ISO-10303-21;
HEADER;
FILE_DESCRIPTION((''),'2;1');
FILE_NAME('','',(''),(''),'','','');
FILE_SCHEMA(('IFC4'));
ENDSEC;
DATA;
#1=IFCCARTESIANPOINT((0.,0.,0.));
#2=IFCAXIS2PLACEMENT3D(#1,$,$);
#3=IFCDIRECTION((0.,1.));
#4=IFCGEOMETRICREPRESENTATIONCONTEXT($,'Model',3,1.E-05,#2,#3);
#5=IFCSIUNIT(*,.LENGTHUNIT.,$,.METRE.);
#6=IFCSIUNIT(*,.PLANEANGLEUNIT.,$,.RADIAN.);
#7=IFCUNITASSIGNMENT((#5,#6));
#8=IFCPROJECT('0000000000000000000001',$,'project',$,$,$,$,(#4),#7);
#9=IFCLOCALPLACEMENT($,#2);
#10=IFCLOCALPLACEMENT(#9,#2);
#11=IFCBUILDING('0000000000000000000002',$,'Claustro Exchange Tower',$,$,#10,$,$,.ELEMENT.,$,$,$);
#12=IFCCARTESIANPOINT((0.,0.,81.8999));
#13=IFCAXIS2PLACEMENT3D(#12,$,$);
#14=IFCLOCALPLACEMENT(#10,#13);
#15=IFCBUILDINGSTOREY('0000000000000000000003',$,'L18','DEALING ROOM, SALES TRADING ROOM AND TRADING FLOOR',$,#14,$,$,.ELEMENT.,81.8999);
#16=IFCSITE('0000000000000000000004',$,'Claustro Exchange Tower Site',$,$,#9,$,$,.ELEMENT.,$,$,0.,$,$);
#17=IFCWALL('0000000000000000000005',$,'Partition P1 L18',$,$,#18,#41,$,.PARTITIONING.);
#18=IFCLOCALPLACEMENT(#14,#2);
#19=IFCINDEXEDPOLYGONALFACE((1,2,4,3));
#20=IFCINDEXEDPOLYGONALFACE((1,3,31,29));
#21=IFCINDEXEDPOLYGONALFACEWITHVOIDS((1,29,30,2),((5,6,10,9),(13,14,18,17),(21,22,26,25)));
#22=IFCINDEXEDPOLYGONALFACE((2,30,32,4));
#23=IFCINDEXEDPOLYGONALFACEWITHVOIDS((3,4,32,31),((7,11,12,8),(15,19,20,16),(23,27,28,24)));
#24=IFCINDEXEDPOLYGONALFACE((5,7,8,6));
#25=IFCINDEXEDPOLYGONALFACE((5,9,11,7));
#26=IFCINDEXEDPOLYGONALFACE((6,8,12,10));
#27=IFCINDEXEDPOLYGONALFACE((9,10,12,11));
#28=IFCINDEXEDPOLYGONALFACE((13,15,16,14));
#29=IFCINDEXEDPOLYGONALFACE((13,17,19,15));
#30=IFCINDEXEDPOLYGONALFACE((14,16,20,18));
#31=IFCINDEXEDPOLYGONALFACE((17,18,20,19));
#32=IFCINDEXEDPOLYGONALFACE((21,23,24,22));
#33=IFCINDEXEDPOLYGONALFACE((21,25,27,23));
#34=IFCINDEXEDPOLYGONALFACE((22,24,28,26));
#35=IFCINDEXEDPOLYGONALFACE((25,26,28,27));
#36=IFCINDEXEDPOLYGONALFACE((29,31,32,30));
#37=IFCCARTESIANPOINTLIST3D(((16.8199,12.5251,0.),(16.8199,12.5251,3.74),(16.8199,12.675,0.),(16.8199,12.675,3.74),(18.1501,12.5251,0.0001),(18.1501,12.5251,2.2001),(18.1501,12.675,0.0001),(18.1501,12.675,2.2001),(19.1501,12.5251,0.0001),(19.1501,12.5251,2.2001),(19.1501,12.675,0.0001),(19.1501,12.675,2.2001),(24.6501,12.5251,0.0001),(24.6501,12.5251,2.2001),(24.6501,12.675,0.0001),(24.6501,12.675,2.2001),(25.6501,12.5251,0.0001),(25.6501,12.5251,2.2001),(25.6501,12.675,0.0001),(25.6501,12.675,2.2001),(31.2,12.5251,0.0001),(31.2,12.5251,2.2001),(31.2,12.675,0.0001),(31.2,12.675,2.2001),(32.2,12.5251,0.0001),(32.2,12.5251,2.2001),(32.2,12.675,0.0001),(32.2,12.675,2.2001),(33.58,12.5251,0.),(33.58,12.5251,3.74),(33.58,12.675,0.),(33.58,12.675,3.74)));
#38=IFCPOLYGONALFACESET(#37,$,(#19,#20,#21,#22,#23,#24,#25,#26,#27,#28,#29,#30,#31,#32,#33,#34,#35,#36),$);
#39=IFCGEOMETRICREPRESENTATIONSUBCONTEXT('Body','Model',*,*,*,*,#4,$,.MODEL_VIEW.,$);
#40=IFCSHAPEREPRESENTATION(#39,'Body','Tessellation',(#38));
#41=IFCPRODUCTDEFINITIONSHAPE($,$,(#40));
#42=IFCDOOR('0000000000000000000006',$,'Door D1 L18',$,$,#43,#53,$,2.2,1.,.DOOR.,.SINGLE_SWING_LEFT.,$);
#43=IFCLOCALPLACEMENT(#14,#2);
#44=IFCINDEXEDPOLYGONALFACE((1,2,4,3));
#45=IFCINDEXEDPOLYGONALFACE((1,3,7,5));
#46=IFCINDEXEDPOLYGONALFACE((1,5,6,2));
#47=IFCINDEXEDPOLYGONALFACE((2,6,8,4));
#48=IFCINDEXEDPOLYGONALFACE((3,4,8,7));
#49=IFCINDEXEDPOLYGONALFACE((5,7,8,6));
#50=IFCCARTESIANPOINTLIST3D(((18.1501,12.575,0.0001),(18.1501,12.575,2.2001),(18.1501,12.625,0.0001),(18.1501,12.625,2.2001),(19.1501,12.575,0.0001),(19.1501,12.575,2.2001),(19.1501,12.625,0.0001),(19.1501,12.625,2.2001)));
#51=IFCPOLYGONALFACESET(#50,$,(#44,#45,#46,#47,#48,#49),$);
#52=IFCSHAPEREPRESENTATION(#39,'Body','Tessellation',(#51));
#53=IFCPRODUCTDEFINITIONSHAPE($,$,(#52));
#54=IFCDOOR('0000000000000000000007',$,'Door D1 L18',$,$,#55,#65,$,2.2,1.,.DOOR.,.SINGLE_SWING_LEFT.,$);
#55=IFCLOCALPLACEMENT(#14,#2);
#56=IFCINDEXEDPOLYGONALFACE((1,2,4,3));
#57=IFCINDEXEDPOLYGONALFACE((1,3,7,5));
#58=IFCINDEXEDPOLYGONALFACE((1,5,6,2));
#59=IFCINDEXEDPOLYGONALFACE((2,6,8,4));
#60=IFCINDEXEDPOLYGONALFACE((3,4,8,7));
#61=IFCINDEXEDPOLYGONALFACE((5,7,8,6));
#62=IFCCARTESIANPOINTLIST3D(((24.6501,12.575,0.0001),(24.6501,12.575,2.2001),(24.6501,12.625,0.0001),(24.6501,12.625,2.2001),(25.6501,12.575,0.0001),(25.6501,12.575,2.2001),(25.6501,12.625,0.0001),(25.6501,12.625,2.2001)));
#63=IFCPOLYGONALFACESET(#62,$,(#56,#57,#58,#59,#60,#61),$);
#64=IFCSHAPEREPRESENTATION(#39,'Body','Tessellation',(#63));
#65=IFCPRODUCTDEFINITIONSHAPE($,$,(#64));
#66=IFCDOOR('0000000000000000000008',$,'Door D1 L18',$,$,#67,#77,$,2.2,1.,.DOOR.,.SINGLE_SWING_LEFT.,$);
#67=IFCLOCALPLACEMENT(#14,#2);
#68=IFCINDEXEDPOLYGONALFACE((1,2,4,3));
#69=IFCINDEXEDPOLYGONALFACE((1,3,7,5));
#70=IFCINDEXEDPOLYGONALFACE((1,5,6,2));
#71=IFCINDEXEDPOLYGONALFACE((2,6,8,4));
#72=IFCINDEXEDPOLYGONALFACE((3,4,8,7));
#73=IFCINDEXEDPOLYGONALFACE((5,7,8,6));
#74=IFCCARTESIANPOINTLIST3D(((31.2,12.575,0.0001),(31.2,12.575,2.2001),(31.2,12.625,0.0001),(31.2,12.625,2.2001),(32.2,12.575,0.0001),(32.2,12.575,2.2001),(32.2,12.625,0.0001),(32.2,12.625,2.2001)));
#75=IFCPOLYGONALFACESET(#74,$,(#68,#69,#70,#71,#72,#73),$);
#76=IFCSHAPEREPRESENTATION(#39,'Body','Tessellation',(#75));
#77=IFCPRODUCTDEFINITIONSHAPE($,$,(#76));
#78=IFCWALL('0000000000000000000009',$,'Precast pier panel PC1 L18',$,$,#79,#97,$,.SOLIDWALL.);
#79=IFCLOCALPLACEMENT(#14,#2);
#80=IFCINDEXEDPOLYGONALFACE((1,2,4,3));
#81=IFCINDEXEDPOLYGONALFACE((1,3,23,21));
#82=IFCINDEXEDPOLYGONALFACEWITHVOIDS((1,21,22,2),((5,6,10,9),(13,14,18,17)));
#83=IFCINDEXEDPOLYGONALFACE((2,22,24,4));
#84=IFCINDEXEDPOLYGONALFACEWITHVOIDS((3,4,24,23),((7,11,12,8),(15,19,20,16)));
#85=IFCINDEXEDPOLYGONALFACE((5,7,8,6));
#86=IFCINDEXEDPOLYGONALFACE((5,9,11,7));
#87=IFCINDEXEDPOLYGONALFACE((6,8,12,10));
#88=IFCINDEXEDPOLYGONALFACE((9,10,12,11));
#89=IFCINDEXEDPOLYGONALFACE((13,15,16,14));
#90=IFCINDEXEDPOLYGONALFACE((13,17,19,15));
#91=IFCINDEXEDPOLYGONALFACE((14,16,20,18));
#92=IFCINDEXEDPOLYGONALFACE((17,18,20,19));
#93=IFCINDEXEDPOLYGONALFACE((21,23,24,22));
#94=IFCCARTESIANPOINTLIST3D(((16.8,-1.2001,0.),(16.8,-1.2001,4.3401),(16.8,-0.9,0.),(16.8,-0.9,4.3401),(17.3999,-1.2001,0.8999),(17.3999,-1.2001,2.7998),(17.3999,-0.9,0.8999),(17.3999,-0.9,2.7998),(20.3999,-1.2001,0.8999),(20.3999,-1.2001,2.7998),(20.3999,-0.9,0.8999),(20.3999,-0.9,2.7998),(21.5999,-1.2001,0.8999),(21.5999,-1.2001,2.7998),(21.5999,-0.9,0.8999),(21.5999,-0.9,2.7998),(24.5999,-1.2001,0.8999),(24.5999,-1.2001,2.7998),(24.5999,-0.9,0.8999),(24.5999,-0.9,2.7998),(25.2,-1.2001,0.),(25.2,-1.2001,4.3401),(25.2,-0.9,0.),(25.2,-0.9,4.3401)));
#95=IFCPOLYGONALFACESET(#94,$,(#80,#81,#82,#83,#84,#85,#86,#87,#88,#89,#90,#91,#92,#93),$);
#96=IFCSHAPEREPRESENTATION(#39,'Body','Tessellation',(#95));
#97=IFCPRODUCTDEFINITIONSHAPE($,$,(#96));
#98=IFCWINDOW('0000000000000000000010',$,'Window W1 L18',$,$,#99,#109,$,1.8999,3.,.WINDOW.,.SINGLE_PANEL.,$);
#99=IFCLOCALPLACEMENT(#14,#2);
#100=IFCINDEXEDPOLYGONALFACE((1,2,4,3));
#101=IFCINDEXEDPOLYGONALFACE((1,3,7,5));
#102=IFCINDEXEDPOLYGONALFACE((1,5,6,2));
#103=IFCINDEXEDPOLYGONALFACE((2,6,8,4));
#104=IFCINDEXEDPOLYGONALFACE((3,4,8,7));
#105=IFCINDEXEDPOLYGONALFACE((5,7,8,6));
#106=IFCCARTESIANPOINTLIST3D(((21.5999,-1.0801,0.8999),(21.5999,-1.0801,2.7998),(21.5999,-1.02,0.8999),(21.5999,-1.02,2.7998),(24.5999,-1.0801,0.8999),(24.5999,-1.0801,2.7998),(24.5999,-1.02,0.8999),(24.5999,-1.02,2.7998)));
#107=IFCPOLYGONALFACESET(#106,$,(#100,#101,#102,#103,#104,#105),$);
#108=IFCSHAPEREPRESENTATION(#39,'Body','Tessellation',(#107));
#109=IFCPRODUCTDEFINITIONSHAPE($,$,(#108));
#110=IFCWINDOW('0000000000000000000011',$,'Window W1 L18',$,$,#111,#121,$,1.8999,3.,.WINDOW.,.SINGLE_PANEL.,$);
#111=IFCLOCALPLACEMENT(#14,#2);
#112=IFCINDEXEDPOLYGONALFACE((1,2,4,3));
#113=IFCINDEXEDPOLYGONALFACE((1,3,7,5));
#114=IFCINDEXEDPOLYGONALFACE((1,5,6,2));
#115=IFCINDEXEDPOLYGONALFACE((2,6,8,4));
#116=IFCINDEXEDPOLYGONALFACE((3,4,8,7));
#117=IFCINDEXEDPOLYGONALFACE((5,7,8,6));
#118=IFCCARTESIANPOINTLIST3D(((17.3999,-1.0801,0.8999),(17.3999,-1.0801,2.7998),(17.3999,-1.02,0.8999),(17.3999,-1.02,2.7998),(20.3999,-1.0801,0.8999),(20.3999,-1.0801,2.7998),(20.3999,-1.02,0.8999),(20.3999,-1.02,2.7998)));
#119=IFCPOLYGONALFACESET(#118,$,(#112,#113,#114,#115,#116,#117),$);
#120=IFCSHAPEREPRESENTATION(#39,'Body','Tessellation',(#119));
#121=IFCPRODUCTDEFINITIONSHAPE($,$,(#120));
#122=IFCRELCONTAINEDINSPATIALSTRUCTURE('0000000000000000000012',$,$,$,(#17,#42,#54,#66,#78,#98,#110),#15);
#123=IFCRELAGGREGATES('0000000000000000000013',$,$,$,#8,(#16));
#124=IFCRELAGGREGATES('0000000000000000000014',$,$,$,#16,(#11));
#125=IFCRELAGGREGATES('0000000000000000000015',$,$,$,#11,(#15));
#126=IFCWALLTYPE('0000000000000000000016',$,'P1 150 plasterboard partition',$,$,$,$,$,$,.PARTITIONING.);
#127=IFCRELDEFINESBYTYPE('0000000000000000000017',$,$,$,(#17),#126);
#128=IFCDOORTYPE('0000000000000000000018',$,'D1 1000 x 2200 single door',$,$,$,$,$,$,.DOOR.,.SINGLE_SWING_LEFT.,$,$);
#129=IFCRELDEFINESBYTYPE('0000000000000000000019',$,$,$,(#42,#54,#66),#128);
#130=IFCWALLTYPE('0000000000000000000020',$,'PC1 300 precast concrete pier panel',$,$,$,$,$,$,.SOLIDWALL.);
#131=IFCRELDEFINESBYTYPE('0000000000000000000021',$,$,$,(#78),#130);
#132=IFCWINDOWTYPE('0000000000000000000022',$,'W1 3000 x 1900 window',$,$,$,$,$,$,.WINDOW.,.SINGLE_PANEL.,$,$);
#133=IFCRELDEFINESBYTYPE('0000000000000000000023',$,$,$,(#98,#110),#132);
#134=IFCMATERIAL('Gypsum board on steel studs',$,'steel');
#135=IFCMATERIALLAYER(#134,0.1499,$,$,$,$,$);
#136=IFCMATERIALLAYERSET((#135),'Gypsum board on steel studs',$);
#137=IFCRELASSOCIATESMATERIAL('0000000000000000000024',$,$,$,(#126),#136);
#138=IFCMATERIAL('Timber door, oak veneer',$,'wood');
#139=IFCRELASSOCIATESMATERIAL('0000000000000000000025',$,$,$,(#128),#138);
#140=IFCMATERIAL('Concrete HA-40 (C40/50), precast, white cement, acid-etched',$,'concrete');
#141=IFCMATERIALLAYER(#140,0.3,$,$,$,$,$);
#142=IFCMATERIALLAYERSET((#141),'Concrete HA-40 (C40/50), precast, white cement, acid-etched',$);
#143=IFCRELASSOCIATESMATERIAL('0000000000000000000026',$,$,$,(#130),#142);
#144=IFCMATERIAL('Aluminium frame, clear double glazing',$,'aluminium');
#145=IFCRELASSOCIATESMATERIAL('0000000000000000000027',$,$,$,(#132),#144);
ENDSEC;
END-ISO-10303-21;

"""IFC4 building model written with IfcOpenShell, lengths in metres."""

from ifc_helpers import new_model, si_unit, direction, frame, frame_2d, origin, place, context, subcontext, project, spatial, rectangle, extrude, material, layer, layer_set, type_object, element, fill, save


model = new_model("IFC4")

# Units and contexts
model_context = context("Model", 3, precision=1e-05, world=origin(), true_north=direction((0.0, 1.0)))
body_context = subcontext(model_context, "Body", "Model", "MODEL_VIEW")
ifc_project = project(units=[si_unit("LENGTHUNIT", "METRE"), si_unit("PLANEANGLEUNIT", "RADIAN")], contexts=[model_context])

# Site, building, storey
site_placement = place(None, origin())
site = spatial("IfcSite", under=ifc_project, at=site_placement, Name="Claustro Exchange Tower Site", CompositionType="ELEMENT", RefElevation=0.0)
building_placement = place(site_placement, origin())
building = spatial("IfcBuilding", under=site, at=building_placement, Name="Claustro Exchange Tower", CompositionType="ELEMENT")
storey_placement = place(building_placement, frame((0.0, 0.0, 81.8999)))
storey = spatial("IfcBuildingStorey", under=building, at=storey_placement, Name="L18", Description="DEALING ROOM, SALES TRADING ROOM AND TRADING FLOOR", CompositionType="ELEMENT", Elevation=81.8999)

# Shared definitions
ifc_material_1 = material(Name="Gypsum board on steel studs", Category="steel")
ifc_layer_1 = layer(ifc_material_1, 0.1499)
ifc_layer_set_1 = layer_set([ifc_layer_1], Name="Gypsum board on steel studs")
wall_type_1 = type_object("IfcWallType", Name="P1 150 plasterboard partition", PredefinedType="PARTITIONING", material=ifc_layer_set_1)
ifc_material_2 = material(Name="Timber door, oak veneer", Category="wood")
door_type = type_object("IfcDoorType", Name="D1 1000 x 2200 single door", OperationType="SINGLE_SWING_LEFT", PredefinedType="DOOR", material=ifc_material_2)

# Wall, openings, doors
wall_1_placement = place(storey_placement, frame((16.8201, 12.6001, 0.0), z_axis=(0.0, 0.0, 1.0), x_axis=(1.0, 0.0, 0.0)))
wall_1 = element("IfcWall", 1, at=wall_1_placement, inside=storey, type_object=wall_type_1, Name="Partition P1 L18", PredefinedType="PARTITIONING", context=body_context, shape_type="SweptSolid", body=[
    extrude(rectangle(XDim=16.76, YDim=0.1499, at=frame_2d((8.3799, 0.0))), origin(), (0.0, 0.0, 1.0), 3.74),
])
opening_1_placement = place(wall_1_placement, frame((1.3301, 0.0, 0.0)))
opening_1 = element("IfcOpeningElement", 2, at=opening_1_placement, cuts=wall_1, PredefinedType="OPENING", context=body_context, shape_type="SweptSolid", body=[
    extrude(rectangle(XDim=1.0, YDim=2.2, at=frame_2d((0.5, 1.1001))), frame((0.0, 0.085, 0.0), z_axis=(0.0, -1.0, 0.0), x_axis=(1.0, 0.0, 0.0)), (0.0, 0.0, 1.0), 0.1699),
])
opening_2_placement = place(wall_1_placement, frame((7.8301, 0.0, 0.0)))
opening_2 = element("IfcOpeningElement", 3, at=opening_2_placement, cuts=wall_1, PredefinedType="OPENING", context=body_context, shape_type="SweptSolid", body=[
    extrude(rectangle(XDim=1.0, YDim=2.2, at=frame_2d((0.5, 1.1001))), frame((0.0, 0.085, 0.0), z_axis=(0.0, -1.0, 0.0), x_axis=(1.0, 0.0, 0.0)), (0.0, 0.0, 1.0), 0.1699),
])
opening_3_placement = place(wall_1_placement, frame((14.3799, 0.0, 0.0)))
opening_3 = element("IfcOpeningElement", 4, at=opening_3_placement, cuts=wall_1, PredefinedType="OPENING", context=body_context, shape_type="SweptSolid", body=[
    extrude(rectangle(XDim=1.0, YDim=2.2, at=frame_2d((0.5, 1.1001))), frame((0.0, 0.085, 0.0), z_axis=(0.0, -1.0, 0.0), x_axis=(1.0, 0.0, 0.0)), (0.0, 0.0, 1.0), 0.1699),
])
door_1_placement = place(opening_1_placement, origin())
door_1 = element("IfcDoor", 5, at=door_1_placement, inside=storey, type_object=door_type, Name="Door D1 L18", OperationType="SINGLE_SWING_LEFT", OverallHeight=2.2, OverallWidth=1.0, PredefinedType="DOOR", context=body_context, shape_type="SweptSolid", body=[
    extrude(rectangle(XDim=1.0, YDim=2.2, at=frame_2d((0.5, 1.1001))), frame((0.0, 0.0249, 0.0), z_axis=(0.0, -1.0, 0.0), x_axis=(1.0, 0.0, 0.0)), (0.0, 0.0, 1.0), 0.05),
])
fill(opening_1, door_1)
door_2_placement = place(opening_2_placement, origin())
door_2 = element("IfcDoor", 6, at=door_2_placement, inside=storey, type_object=door_type, Name="Door D1 L18", OperationType="SINGLE_SWING_LEFT", OverallHeight=2.2, OverallWidth=1.0, PredefinedType="DOOR", context=body_context, shape_type="SweptSolid", body=[
    extrude(rectangle(XDim=1.0, YDim=2.2, at=frame_2d((0.5, 1.1001))), frame((0.0, 0.0249, 0.0), z_axis=(0.0, -1.0, 0.0), x_axis=(1.0, 0.0, 0.0)), (0.0, 0.0, 1.0), 0.05),
])
fill(opening_2, door_2)
door_3_placement = place(opening_3_placement, origin())
door_3 = element("IfcDoor", 7, at=door_3_placement, inside=storey, type_object=door_type, Name="Door D1 L18", OperationType="SINGLE_SWING_LEFT", OverallHeight=2.2, OverallWidth=1.0, PredefinedType="DOOR", context=body_context, shape_type="SweptSolid", body=[
    extrude(rectangle(XDim=1.0, YDim=2.2, at=frame_2d((0.5, 1.1001))), frame((0.0, 0.0249, 0.0), z_axis=(0.0, -1.0, 0.0), x_axis=(1.0, 0.0, 0.0)), (0.0, 0.0, 1.0), 0.05),
])
fill(opening_3, door_3)

# Wall, openings, windows
ifc_material_3 = material(Name="Concrete HA-40 (C40/50), precast, white cement, acid-etched", Category="concrete")
ifc_layer_2 = layer(ifc_material_3, 0.3)
ifc_layer_set_2 = layer_set([ifc_layer_2], Name="Concrete HA-40 (C40/50), precast, white cement, acid-etched")
wall_type_2 = type_object("IfcWallType", Name="PC1 300 precast concrete pier panel", PredefinedType="SOLIDWALL", material=ifc_layer_set_2)
wall_2_placement = place(storey_placement, frame((25.2, -1.05, 0.0), z_axis=(0.0, 0.0, 1.0), x_axis=(-1.0, 0.0, 0.0)))
wall_2 = element("IfcWall", 8, at=wall_2_placement, inside=storey, type_object=wall_type_2, Name="Precast pier panel PC1 L18", PredefinedType="SOLIDWALL", context=body_context, shape_type="SweptSolid", body=[
    extrude(rectangle(XDim=8.3999, YDim=0.3, at=frame_2d((4.2, 0.0))), origin(), (0.0, 0.0, 1.0), 4.3401),
])
opening_4_placement = place(wall_2_placement, frame((0.6001, 0.0, 0.8999)))
opening_4 = element("IfcOpeningElement", 9, at=opening_4_placement, cuts=wall_2, PredefinedType="OPENING", context=body_context, shape_type="SweptSolid", body=[
    extrude(rectangle(XDim=3.0, YDim=1.8999, at=frame_2d((1.5, 0.95))), frame((0.0, 0.1599, 0.0), z_axis=(0.0, -1.0, 0.0), x_axis=(1.0, 0.0, 0.0)), (0.0, 0.0, 1.0), 0.3201),
])
opening_5_placement = place(wall_2_placement, frame((4.8, 0.0, 0.8999)))
opening_5 = element("IfcOpeningElement", 10, at=opening_5_placement, cuts=wall_2, PredefinedType="OPENING", context=body_context, shape_type="SweptSolid", body=[
    extrude(rectangle(XDim=3.0, YDim=1.8999, at=frame_2d((1.5, 0.95))), frame((0.0, 0.1599, 0.0), z_axis=(0.0, -1.0, 0.0), x_axis=(1.0, 0.0, 0.0)), (0.0, 0.0, 1.0), 0.3201),
])
ifc_material_4 = material(Name="Aluminium frame, clear double glazing", Category="aluminium")
window_type_1 = type_object("IfcWindowType", Name="W1 3000 x 1900 window", PartitioningType="SINGLE_PANEL", PredefinedType="WINDOW", material=ifc_material_4)
window_1_placement = place(opening_4_placement, origin())
window_1 = element("IfcWindow", 11, at=window_1_placement, inside=storey, type_object=window_type_1, Name="Window W1 L18", OverallHeight=1.8999, OverallWidth=3.0, PartitioningType="SINGLE_PANEL", PredefinedType="WINDOW", context=body_context, shape_type="SweptSolid", body=[
    extrude(rectangle(XDim=3.0, YDim=1.8999, at=frame_2d((1.5, 0.95))), frame((0.0, 0.03, 0.0), z_axis=(0.0, -1.0, 0.0), x_axis=(1.0, 0.0, 0.0)), (0.0, 0.0, 1.0), 0.0601),
])
fill(opening_4, window_1)
window_2_placement = place(opening_5_placement, origin())
window_2 = element("IfcWindow", 12, at=window_2_placement, inside=storey, type_object=window_type_1, Name="Window W1 L18", OverallHeight=1.8999, OverallWidth=3.0, PartitioningType="SINGLE_PANEL", PredefinedType="WINDOW", context=body_context, shape_type="SweptSolid", body=[
    extrude(rectangle(XDim=3.0, YDim=1.8999, at=frame_2d((1.5, 0.95))), frame((0.0, 0.03, 0.0), z_axis=(0.0, -1.0, 0.0), x_axis=(1.0, 0.0, 0.0)), (0.0, 0.0, 1.0), 0.0601),
])
fill(opening_5, window_2)

save(model, "model.ifc")
